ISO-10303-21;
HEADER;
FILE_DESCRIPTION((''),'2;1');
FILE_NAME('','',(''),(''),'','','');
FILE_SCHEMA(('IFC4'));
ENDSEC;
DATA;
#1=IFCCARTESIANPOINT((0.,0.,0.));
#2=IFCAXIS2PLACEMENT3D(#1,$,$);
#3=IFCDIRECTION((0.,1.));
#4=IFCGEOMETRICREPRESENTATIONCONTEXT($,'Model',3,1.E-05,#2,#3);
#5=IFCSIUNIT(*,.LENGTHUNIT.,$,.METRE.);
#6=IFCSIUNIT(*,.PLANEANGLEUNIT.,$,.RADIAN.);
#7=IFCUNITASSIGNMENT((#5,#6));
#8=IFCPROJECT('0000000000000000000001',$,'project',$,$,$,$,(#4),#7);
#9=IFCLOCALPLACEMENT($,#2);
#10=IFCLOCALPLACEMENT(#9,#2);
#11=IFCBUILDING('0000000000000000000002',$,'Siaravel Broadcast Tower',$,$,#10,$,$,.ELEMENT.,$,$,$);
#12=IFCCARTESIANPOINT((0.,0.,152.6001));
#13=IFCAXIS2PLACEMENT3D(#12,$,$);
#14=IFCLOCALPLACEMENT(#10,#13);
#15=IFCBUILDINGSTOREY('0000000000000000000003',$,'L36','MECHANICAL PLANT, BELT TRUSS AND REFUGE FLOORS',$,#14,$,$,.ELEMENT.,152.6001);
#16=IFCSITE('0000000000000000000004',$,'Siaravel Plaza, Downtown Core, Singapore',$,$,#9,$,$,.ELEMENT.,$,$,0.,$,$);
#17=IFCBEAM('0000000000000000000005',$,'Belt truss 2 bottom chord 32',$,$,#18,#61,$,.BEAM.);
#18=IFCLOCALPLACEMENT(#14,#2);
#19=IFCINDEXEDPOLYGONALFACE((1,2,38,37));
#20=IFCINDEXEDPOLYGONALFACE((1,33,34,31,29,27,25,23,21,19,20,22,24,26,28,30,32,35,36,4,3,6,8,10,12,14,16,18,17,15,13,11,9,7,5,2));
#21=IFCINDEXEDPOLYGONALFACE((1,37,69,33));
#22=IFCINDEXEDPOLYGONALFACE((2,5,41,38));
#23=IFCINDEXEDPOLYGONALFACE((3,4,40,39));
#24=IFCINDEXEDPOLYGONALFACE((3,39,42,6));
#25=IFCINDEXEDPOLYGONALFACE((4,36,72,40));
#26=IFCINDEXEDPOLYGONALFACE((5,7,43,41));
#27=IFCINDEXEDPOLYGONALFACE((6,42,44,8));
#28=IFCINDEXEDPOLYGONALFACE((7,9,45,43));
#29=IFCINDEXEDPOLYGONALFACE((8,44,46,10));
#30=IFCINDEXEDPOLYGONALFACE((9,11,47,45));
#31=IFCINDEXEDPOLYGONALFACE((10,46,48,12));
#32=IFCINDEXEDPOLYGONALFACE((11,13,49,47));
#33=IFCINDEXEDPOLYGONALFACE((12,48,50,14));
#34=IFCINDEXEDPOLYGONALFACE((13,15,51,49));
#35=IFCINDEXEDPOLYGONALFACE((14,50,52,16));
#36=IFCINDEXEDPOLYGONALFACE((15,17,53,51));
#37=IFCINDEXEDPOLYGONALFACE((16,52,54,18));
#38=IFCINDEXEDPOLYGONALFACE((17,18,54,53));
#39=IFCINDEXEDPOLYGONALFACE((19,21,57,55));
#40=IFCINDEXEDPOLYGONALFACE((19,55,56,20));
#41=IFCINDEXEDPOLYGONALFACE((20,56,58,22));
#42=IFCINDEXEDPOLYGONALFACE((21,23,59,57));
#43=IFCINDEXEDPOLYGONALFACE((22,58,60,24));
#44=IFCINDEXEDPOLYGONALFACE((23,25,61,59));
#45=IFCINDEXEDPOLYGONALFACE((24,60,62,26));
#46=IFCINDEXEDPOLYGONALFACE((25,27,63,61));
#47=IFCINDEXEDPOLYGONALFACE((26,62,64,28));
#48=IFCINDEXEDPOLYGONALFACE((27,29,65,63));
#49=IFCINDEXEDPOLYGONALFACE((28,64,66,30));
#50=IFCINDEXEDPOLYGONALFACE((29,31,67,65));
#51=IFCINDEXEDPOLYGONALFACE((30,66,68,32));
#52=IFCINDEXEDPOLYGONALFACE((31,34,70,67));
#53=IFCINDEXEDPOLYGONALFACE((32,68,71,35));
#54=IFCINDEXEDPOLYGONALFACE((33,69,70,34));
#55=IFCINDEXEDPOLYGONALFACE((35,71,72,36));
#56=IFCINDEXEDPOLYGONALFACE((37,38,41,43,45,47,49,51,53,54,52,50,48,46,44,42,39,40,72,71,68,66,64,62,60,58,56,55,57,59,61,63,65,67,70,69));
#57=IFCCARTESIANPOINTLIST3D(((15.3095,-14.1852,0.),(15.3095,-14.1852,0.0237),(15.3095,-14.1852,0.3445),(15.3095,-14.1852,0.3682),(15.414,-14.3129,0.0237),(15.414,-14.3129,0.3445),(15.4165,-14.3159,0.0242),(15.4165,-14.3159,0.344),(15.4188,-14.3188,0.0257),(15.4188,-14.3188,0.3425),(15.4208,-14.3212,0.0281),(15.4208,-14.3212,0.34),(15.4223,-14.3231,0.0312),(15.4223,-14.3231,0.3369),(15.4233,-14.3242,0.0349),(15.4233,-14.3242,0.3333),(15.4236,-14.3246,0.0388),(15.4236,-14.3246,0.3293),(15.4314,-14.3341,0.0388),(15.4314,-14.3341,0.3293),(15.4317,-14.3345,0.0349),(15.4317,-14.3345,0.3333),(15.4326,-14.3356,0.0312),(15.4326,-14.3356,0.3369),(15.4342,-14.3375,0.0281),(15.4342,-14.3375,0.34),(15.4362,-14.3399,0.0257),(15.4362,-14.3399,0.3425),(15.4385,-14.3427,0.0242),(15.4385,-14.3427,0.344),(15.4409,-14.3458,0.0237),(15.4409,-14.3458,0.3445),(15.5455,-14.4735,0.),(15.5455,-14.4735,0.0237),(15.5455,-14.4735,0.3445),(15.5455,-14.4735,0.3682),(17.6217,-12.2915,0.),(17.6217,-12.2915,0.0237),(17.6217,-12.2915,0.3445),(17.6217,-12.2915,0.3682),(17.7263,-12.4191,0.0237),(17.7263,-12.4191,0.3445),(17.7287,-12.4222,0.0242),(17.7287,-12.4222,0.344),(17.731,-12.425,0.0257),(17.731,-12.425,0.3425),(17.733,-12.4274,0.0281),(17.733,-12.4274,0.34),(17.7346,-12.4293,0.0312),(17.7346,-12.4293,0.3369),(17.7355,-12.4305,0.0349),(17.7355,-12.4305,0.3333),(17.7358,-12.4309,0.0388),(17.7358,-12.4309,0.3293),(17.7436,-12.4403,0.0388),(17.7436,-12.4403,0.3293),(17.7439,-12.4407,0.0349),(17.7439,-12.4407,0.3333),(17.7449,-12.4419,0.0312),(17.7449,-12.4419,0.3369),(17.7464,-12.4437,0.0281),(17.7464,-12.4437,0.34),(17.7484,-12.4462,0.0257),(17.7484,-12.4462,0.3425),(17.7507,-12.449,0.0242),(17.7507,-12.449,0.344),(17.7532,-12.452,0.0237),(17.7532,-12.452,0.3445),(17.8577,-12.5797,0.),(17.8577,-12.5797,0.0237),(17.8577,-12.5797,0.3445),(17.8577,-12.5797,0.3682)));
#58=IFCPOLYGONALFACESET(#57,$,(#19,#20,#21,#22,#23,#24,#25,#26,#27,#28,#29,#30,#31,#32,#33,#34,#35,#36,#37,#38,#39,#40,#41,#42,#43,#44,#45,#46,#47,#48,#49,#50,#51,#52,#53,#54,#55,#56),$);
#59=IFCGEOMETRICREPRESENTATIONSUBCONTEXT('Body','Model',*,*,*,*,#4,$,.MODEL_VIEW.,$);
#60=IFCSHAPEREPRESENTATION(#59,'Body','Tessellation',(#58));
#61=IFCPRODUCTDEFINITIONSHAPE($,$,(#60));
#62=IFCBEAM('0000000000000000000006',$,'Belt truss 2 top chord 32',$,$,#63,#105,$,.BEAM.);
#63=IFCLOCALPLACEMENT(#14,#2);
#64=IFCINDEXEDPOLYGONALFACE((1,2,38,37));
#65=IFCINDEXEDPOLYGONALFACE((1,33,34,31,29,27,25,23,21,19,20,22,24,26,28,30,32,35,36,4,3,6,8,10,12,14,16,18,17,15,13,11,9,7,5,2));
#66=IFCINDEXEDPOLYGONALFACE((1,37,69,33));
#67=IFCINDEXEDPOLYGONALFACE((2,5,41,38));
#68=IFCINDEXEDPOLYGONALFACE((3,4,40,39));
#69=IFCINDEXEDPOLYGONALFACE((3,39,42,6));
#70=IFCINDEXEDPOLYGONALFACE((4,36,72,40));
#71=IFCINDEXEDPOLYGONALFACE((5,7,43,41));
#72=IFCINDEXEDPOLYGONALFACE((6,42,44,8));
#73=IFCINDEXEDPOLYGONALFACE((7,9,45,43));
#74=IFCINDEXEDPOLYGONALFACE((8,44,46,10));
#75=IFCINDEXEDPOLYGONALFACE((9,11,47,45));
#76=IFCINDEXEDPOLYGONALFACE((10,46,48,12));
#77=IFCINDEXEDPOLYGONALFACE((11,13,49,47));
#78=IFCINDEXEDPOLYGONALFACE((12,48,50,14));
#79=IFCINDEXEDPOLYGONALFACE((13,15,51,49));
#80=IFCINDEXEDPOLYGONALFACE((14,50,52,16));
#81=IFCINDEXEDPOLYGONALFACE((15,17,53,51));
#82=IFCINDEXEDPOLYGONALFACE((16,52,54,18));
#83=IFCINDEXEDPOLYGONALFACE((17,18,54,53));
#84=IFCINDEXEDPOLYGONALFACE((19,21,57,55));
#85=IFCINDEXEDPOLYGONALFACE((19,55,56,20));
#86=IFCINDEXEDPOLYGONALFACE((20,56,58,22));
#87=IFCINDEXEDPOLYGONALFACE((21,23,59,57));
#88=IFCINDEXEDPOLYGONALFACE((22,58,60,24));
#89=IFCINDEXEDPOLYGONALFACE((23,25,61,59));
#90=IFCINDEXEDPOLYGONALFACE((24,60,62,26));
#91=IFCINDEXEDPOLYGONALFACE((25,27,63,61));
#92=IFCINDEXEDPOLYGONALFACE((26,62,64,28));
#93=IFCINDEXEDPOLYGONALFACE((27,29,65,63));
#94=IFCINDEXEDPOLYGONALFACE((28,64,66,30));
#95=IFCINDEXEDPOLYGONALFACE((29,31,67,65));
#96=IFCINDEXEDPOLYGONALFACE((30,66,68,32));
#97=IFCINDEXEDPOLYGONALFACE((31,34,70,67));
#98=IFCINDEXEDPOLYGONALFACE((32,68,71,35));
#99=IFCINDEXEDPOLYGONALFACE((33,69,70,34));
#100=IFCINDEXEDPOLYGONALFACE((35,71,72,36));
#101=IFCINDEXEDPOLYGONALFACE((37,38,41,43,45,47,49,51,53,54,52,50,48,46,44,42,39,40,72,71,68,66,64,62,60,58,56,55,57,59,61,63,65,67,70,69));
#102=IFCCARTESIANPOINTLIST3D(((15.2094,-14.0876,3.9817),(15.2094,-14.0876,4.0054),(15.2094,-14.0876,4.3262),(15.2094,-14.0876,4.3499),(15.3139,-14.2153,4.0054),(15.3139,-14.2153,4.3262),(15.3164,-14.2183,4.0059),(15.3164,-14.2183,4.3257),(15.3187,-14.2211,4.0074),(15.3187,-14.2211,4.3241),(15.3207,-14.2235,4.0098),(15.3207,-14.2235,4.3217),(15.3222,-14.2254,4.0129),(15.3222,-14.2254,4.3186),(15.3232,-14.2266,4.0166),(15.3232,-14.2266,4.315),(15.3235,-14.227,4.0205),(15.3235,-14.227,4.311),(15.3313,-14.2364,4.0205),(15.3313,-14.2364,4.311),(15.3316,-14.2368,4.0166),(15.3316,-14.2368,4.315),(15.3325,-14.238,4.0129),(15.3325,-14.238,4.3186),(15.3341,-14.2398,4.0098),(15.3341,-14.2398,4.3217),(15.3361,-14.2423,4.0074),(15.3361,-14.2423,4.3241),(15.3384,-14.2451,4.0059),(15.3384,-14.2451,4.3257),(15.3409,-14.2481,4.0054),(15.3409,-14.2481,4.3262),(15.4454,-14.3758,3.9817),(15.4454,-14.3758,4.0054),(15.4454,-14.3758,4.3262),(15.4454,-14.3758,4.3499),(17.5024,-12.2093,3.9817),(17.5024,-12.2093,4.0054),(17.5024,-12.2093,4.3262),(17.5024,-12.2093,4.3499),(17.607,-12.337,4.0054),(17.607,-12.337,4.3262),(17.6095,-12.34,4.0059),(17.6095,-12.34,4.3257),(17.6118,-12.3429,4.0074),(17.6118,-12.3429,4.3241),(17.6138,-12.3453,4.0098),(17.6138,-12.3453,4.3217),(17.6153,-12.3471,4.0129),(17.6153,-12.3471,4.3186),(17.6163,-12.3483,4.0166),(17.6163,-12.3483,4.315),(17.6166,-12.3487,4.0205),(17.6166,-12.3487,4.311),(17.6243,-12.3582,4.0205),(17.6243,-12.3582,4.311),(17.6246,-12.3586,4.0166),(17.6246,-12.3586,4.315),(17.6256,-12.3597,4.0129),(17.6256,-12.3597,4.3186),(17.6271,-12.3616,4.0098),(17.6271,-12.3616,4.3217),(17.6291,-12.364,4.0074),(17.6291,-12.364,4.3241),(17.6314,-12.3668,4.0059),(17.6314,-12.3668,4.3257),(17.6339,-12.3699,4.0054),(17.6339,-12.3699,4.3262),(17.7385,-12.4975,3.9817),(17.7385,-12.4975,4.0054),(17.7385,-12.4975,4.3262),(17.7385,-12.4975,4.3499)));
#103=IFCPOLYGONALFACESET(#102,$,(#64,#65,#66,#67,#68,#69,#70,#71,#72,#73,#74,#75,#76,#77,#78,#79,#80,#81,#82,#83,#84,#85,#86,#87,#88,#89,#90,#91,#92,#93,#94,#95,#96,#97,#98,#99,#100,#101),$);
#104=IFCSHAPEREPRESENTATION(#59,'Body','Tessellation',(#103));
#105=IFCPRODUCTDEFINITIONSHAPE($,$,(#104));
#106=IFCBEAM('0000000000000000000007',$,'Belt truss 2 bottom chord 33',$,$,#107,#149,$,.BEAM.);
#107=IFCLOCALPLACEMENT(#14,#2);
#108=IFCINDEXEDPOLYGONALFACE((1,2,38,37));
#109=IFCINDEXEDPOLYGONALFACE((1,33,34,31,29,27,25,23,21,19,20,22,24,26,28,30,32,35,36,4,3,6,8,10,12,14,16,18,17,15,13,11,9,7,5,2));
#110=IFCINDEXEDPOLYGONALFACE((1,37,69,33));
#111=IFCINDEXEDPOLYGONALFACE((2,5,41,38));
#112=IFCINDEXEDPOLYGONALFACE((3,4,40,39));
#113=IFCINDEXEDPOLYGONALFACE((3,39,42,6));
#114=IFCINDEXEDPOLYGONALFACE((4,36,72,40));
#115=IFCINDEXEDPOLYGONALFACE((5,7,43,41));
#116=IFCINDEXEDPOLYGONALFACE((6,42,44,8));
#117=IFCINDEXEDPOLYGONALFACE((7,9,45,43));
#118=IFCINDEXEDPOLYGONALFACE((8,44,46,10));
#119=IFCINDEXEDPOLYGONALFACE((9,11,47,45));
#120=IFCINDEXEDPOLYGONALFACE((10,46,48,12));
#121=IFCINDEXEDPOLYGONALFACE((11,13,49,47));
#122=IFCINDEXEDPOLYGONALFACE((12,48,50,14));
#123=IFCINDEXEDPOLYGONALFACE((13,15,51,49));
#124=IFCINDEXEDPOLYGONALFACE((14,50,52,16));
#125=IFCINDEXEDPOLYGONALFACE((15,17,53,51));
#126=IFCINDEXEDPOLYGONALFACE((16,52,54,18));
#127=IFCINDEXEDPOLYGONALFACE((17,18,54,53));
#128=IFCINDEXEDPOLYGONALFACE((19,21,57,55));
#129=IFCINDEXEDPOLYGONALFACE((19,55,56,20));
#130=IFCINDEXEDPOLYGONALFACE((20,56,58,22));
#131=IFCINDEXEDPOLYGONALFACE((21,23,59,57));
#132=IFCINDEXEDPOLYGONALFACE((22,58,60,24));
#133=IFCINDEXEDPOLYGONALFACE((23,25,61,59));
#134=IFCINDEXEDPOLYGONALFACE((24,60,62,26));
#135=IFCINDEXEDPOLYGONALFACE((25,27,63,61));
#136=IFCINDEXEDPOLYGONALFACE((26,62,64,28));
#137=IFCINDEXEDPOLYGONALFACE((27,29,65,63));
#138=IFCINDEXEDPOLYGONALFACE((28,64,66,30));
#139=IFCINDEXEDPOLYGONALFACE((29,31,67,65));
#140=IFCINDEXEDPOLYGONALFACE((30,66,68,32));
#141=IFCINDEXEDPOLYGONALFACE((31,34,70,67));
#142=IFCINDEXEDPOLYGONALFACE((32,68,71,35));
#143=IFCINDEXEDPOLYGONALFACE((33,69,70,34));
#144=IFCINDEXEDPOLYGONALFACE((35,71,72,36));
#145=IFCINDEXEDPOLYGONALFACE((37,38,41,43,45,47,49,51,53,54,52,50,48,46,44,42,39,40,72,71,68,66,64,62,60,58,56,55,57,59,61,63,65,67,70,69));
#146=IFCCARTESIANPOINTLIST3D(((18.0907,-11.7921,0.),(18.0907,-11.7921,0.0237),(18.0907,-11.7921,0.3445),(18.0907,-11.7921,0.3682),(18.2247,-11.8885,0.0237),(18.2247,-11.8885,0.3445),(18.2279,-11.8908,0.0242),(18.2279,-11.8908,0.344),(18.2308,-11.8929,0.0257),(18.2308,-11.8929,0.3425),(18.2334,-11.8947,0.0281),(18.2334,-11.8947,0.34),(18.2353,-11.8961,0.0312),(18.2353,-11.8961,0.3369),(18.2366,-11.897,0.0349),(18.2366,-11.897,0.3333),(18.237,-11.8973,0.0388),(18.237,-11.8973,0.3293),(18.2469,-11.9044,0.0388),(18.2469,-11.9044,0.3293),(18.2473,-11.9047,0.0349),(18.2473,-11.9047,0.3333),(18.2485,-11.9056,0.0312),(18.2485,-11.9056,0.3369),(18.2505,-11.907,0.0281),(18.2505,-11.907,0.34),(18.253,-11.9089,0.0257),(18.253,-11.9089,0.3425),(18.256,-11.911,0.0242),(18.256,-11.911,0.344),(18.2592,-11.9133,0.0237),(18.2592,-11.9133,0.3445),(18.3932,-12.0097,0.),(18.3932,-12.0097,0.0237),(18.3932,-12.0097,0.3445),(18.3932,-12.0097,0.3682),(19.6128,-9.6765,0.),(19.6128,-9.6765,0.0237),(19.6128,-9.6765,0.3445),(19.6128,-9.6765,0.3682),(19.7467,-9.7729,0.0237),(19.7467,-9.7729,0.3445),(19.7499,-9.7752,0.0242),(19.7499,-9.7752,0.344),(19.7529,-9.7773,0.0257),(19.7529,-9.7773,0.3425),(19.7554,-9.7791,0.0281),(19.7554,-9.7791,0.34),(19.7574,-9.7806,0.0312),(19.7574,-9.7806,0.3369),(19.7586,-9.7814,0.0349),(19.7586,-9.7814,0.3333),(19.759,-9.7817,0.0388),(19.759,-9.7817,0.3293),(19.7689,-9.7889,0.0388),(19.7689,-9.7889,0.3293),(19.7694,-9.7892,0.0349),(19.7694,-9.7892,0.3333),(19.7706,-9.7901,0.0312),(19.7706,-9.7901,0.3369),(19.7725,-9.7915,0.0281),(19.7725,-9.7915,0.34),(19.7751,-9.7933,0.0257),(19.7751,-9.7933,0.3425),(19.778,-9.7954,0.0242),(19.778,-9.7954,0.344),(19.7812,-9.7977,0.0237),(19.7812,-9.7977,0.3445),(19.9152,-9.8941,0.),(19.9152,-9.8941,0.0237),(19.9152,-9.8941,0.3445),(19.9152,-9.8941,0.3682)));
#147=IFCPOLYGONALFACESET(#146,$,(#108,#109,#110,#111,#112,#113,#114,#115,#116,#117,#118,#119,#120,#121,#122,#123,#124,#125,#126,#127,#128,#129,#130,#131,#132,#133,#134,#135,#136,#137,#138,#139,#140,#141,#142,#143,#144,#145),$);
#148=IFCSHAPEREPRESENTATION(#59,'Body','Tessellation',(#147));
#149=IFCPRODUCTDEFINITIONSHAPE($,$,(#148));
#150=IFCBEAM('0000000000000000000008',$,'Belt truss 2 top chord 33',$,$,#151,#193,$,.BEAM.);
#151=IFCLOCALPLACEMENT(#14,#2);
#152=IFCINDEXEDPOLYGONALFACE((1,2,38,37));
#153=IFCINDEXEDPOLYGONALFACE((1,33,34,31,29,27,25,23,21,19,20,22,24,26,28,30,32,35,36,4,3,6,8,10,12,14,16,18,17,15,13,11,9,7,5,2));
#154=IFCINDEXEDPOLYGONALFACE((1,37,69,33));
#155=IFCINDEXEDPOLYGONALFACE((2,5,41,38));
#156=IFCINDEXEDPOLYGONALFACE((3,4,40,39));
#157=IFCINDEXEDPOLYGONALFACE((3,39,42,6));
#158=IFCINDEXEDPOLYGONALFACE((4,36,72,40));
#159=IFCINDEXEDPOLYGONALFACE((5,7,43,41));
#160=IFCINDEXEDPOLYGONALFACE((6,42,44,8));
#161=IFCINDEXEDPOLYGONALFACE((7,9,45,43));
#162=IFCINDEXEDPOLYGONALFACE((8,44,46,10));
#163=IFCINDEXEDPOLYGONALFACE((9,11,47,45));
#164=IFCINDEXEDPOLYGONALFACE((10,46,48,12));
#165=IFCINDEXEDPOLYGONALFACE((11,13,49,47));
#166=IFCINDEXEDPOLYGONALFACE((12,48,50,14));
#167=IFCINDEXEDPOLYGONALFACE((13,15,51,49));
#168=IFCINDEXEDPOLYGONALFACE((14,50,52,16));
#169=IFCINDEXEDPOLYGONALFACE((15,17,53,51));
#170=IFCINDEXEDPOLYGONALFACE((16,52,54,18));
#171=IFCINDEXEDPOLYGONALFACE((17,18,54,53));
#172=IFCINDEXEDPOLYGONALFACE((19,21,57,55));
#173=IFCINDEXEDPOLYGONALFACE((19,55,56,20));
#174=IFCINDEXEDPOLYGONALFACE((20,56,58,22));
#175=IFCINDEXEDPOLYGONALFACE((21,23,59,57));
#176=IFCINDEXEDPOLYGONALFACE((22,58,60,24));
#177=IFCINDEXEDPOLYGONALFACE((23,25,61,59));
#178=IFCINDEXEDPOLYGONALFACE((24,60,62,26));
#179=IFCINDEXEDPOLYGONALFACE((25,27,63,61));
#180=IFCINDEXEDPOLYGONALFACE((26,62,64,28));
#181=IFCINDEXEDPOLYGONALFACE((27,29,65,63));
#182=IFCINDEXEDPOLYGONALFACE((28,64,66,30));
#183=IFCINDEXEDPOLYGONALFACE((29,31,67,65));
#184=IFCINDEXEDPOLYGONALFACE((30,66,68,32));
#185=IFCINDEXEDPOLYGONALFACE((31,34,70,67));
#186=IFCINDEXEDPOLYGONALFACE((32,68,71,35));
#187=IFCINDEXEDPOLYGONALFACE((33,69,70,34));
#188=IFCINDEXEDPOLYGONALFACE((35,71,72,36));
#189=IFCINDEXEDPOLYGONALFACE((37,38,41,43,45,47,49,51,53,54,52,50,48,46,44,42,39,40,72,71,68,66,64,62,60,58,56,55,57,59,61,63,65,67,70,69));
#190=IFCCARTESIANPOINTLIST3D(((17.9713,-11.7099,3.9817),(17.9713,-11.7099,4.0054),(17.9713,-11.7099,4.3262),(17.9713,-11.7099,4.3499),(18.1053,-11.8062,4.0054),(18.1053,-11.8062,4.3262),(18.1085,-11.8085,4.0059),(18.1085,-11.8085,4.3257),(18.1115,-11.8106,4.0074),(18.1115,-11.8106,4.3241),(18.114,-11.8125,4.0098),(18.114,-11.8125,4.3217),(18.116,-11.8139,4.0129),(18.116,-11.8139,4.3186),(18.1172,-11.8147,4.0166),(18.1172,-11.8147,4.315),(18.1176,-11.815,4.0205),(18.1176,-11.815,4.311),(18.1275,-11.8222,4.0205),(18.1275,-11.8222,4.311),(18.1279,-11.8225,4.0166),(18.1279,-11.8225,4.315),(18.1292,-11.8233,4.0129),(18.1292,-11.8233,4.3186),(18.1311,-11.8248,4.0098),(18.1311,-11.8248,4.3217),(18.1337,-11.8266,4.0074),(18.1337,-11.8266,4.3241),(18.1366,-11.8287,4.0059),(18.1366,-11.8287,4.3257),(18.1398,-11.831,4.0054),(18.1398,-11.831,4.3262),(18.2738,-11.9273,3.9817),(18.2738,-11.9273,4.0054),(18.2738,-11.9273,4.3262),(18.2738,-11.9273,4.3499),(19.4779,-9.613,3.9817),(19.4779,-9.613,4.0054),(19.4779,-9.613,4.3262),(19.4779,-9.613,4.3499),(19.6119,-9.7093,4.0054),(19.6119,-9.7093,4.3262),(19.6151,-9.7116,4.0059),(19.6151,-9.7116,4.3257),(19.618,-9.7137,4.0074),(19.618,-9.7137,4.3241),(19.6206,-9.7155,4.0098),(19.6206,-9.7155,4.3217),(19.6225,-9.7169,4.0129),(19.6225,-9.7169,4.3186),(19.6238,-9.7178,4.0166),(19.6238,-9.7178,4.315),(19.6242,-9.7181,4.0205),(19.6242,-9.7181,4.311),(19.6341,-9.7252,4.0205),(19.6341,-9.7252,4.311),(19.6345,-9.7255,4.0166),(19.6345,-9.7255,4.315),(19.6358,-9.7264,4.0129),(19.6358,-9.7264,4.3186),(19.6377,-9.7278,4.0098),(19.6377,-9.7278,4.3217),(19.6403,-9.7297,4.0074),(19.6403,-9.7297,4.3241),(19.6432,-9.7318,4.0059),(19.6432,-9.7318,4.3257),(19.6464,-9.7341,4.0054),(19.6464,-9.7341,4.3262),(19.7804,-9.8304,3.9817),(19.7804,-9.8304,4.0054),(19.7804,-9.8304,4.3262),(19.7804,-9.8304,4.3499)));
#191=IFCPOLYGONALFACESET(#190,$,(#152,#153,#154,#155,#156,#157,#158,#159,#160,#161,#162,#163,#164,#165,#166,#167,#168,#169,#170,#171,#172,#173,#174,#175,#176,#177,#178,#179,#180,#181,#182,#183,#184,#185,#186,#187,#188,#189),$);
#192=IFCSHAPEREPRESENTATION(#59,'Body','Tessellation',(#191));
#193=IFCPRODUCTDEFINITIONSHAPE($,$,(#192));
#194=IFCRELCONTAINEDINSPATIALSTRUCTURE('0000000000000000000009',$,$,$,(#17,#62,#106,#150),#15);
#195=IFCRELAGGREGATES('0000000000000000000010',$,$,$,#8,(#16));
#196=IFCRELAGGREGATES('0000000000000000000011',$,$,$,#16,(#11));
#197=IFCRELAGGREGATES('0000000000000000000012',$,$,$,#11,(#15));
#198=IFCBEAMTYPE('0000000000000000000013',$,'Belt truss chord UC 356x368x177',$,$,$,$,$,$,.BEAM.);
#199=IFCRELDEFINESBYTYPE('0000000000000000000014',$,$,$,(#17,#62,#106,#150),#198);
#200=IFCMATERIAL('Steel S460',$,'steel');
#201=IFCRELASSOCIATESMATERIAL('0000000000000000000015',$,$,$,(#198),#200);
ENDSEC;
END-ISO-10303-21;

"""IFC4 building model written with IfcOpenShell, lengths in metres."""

from ifc_helpers import new_model, si_unit, direction, frame, origin, origin_2d, place, context, subcontext, project, spatial, i_section, extrude, material, material_profile, profile_set, type_object, element, save


model = new_model("IFC4")

# Units and contexts
model_context = context("Model", 3, precision=1e-05, world=origin(), true_north=direction((0.0, 1.0)))
body_context = subcontext(model_context, "Body", "Model", "MODEL_VIEW")
ifc_project = project(units=[si_unit("LENGTHUNIT", "METRE"), si_unit("PLANEANGLEUNIT", "RADIAN")], contexts=[model_context])

# Site, building, storey
site_placement = place(None, origin())
site = spatial("IfcSite", under=ifc_project, at=site_placement, Name="Siaravel Plaza, Downtown Core, Singapore", CompositionType="ELEMENT", RefElevation=0.0)
building_placement = place(site_placement, origin())
building = spatial("IfcBuilding", under=site, at=building_placement, Name="Siaravel Broadcast Tower", CompositionType="ELEMENT")
storey_placement = place(building_placement, frame((0.0, 0.0, 152.6001)))
storey = spatial("IfcBuildingStorey", under=building, at=storey_placement, Name="L36", Description="MECHANICAL PLANT, BELT TRUSS AND REFUGE FLOORS", CompositionType="ELEMENT", Elevation=152.6001)

# Beams
ifc_material_1 = material(Name="Steel S460", Category="steel")
ifc_material_profile_1 = material_profile(ifc_material_1, i_section(OverallWidth=0.3726, OverallDepth=0.3682, WebThickness=0.0122, FlangeThickness=0.0237, FilletRadius=0.0151, at=origin_2d()))
ifc_profile_set_1 = profile_set([ifc_material_profile_1], Name="Steel S460")
beam_type_1 = type_object("IfcBeamType", Name="Belt truss chord UC 356x368x177", PredefinedType="BEAM", material=ifc_profile_set_1)
beam_1_placement = place(storey_placement, frame((15.4275, -14.3293, 0.1841), z_axis=(0.773637, 0.633629, 0.0), x_axis=(-0.633629, 0.773637, 0.0)))
element("IfcBeam", 1, at=beam_1_placement, inside=storey, type_object=beam_type_1, Name="Belt truss 2 bottom chord 32", PredefinedType="BEAM", context=body_context, shape_type="SweptSolid", body=[
    extrude(i_section(OverallWidth=0.3726, OverallDepth=0.3682, WebThickness=0.0122, FlangeThickness=0.0237, FilletRadius=0.0151, at=origin_2d()), origin(), (0.0, 0.0, 1.0), 2.9888),
])
beam_2_placement = place(storey_placement, frame((15.3274, -14.2317, 4.1658), z_axis=(0.773609, 0.633664, 0.0), x_axis=(-0.633664, 0.773609, 0.0)))
element("IfcBeam", 2, at=beam_2_placement, inside=storey, type_object=beam_type_1, Name="Belt truss 2 top chord 32", PredefinedType="BEAM", context=body_context, shape_type="SweptSolid", body=[
    extrude(i_section(OverallWidth=0.3726, OverallDepth=0.3682, WebThickness=0.0122, FlangeThickness=0.0237, FilletRadius=0.0151, at=origin_2d()), origin(), (0.0, 0.0, 1.0), 2.9641),
])
beam_3_placement = place(storey_placement, frame((18.2419, -11.9009, 0.1841), z_axis=(0.584009, 0.811748, 0.0), x_axis=(-0.811748, 0.584009, 0.0)))
element("IfcBeam", 3, at=beam_3_placement, inside=storey, type_object=beam_type_1, Name="Belt truss 2 bottom chord 33", PredefinedType="BEAM", context=body_context, shape_type="SweptSolid", body=[
    extrude(i_section(OverallWidth=0.3726, OverallDepth=0.3682, WebThickness=0.0122, FlangeThickness=0.0237, FilletRadius=0.0151, at=origin_2d()), origin(), (0.0, 0.0, 1.0), 2.6062),
])
beam_4_placement = place(storey_placement, frame((18.1226, -11.8186, 4.1658), z_axis=(0.58349, 0.81212, 0.0), x_axis=(-0.81212, 0.58349, 0.0)))
element("IfcBeam", 4, at=beam_4_placement, inside=storey, type_object=beam_type_1, Name="Belt truss 2 top chord 33", PredefinedType="BEAM", context=body_context, shape_type="SweptSolid", body=[
    extrude(i_section(OverallWidth=0.3726, OverallDepth=0.3682, WebThickness=0.0122, FlangeThickness=0.0237, FilletRadius=0.0151, at=origin_2d()), origin(), (0.0, 0.0, 1.0), 2.582),
])

save(model, "model.ifc")
